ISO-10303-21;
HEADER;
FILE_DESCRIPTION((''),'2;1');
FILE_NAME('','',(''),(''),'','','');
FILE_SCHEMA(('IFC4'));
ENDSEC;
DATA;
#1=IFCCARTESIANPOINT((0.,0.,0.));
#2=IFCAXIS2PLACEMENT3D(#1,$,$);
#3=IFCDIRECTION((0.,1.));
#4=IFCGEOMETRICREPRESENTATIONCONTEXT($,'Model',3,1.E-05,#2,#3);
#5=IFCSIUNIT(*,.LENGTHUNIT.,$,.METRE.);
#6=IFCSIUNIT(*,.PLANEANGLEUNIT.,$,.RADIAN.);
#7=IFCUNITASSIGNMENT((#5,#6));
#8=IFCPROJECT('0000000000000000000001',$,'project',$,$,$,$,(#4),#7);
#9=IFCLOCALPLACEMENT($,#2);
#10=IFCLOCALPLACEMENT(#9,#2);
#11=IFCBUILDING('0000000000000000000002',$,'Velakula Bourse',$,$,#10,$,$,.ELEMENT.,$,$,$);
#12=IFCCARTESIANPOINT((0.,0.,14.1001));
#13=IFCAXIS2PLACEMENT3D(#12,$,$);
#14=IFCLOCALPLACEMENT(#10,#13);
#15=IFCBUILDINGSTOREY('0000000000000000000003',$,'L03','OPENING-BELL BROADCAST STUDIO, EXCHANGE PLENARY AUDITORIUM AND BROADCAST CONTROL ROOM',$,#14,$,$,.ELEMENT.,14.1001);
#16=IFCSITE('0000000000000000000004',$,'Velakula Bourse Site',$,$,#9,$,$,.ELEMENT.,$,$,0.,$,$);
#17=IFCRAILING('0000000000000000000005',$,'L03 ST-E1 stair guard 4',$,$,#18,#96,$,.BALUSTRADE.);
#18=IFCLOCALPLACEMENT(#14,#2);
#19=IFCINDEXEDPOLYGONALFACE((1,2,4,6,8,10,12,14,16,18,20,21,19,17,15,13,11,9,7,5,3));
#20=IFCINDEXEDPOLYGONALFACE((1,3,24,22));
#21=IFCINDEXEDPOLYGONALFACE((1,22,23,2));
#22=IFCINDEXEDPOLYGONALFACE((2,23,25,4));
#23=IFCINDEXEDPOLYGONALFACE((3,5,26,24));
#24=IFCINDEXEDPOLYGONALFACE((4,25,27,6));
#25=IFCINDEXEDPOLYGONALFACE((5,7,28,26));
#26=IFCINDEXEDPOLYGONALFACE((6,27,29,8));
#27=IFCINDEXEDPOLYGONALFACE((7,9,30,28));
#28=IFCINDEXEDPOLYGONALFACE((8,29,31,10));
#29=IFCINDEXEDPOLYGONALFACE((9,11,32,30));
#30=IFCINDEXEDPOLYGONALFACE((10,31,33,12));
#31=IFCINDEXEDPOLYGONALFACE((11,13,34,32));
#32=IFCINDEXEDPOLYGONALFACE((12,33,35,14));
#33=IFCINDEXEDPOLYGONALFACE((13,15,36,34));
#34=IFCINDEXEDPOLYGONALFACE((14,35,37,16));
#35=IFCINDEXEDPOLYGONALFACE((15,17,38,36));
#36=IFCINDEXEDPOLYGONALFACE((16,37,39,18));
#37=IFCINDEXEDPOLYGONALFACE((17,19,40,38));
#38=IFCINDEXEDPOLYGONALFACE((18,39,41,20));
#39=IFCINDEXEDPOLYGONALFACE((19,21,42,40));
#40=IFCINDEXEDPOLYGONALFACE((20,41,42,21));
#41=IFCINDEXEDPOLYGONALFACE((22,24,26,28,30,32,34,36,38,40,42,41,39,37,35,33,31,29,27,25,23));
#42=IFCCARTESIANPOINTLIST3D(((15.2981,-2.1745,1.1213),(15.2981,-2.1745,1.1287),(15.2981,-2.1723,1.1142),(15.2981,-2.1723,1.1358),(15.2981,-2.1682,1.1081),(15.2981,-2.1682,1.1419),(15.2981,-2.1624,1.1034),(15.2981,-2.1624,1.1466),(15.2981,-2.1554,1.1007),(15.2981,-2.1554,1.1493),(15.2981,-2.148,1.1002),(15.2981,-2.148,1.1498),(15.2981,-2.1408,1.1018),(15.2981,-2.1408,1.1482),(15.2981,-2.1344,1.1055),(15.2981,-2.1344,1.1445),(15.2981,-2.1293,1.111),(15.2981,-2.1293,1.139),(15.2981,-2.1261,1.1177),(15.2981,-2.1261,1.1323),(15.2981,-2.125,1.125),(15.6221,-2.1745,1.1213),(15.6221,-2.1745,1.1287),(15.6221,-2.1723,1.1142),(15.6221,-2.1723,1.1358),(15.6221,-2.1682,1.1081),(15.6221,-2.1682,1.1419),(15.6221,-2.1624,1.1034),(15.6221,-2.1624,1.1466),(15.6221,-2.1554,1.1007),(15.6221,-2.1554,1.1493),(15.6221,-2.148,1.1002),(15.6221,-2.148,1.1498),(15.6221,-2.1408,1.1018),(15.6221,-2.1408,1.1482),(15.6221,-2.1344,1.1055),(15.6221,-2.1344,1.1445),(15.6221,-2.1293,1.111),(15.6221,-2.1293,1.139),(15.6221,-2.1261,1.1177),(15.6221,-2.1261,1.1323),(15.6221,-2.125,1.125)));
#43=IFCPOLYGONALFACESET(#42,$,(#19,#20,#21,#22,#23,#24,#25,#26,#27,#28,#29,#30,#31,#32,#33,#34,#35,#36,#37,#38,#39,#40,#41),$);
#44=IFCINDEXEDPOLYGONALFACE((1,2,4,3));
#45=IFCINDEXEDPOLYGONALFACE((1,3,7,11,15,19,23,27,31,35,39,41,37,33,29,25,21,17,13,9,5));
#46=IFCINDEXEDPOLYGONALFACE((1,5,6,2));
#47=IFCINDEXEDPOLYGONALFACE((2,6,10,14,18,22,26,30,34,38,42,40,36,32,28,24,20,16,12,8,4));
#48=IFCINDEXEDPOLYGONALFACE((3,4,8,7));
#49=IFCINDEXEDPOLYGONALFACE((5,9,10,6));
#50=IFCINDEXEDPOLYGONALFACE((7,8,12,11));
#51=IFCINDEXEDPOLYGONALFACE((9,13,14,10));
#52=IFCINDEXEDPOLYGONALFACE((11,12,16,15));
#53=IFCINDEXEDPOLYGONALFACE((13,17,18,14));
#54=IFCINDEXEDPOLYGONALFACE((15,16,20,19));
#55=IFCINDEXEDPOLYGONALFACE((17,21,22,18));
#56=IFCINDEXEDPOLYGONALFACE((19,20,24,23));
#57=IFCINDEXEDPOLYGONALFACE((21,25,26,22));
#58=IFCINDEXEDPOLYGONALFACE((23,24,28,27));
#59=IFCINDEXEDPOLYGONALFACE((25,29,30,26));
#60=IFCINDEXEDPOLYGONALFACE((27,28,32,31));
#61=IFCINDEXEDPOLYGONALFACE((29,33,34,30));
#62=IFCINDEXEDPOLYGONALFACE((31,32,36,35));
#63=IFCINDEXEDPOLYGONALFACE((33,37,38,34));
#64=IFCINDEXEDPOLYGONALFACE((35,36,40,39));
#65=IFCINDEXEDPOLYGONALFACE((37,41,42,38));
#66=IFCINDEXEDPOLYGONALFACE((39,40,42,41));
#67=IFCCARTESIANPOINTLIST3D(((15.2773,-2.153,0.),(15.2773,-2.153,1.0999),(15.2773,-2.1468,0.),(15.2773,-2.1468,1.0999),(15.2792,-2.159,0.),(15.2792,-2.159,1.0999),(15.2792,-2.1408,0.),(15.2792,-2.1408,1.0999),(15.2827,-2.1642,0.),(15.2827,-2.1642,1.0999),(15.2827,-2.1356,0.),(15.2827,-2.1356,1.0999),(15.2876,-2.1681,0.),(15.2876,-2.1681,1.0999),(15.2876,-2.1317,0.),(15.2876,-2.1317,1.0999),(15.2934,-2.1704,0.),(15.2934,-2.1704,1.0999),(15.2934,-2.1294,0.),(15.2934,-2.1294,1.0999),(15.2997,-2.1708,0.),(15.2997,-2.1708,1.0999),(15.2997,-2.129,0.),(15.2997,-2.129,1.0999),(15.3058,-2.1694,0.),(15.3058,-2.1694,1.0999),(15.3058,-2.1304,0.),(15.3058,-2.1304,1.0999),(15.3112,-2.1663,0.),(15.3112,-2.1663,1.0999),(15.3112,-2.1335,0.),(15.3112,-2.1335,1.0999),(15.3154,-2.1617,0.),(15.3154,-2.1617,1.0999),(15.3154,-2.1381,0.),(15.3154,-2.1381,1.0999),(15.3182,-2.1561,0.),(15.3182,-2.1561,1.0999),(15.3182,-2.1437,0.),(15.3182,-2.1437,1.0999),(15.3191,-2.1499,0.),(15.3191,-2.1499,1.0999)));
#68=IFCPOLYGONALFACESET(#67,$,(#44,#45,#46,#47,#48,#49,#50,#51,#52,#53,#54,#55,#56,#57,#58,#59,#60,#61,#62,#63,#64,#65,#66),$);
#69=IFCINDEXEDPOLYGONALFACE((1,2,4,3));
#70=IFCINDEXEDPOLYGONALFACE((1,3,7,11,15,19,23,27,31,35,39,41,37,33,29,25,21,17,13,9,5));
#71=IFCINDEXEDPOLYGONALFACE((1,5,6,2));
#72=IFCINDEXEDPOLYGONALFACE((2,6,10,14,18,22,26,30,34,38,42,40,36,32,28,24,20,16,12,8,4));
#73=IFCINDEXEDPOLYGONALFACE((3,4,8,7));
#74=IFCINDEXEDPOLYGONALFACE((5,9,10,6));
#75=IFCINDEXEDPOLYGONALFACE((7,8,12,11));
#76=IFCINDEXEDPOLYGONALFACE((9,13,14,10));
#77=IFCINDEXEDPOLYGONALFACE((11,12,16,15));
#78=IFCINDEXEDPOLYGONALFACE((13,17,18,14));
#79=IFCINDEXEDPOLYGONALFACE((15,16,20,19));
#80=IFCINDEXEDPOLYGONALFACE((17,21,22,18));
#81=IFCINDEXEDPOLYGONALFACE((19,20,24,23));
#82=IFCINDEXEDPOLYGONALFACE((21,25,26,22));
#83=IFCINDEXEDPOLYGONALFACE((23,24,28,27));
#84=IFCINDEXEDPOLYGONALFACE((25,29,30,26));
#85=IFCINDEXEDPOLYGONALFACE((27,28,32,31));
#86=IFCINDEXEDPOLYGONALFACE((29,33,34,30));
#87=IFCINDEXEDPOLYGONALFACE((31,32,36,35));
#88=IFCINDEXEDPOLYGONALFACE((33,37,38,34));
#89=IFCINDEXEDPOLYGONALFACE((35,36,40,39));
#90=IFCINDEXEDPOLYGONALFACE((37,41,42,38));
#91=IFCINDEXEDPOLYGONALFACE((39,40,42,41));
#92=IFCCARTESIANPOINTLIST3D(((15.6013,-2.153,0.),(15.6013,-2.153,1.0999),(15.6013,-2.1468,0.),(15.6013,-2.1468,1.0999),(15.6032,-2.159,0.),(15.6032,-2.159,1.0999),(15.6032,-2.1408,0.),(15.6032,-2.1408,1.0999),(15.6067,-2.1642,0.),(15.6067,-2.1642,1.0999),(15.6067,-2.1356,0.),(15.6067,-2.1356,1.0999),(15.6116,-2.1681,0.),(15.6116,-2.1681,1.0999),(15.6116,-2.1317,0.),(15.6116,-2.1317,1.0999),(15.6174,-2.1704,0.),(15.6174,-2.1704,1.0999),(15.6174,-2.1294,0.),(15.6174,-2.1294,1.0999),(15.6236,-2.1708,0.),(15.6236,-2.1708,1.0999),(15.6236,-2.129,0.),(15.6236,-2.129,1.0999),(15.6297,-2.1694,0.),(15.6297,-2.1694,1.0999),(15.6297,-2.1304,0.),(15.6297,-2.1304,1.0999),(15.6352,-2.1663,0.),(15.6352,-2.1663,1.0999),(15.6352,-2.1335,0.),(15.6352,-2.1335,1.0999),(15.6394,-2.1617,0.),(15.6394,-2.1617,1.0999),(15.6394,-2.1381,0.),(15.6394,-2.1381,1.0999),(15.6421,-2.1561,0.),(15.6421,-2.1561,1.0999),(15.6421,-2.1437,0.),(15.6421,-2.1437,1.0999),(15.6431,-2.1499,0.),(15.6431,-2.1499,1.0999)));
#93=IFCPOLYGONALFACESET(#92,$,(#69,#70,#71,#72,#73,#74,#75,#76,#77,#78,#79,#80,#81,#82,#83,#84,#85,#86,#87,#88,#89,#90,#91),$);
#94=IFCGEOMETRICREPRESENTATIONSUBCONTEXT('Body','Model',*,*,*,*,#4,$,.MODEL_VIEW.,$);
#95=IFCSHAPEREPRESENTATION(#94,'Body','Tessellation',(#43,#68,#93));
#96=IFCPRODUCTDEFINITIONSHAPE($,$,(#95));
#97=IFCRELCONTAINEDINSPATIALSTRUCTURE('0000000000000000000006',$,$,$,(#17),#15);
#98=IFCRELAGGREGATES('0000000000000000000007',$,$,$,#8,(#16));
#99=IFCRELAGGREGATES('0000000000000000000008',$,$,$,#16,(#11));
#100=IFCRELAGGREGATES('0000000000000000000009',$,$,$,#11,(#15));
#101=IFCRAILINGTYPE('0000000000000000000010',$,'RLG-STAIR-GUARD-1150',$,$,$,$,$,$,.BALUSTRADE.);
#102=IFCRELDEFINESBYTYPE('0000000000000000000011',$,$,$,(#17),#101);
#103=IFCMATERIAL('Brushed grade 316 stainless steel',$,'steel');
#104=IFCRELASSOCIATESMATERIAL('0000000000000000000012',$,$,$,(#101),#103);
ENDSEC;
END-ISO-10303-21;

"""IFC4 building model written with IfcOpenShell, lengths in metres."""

from ifc_helpers import new_model, si_unit, direction, frame, origin, origin_2d, place, context, subcontext, project, spatial, circle, extrude, material, type_object, element, save


model = new_model("IFC4")

# Units and contexts
model_context = context("Model", 3, precision=1e-05, world=origin(), true_north=direction((0.0, 1.0)))
body_context = subcontext(model_context, "Body", "Model", "MODEL_VIEW")
ifc_project = project(units=[si_unit("LENGTHUNIT", "METRE"), si_unit("PLANEANGLEUNIT", "RADIAN")], contexts=[model_context])

# Site, building, storey
site_placement = place(None, origin())
site = spatial("IfcSite", under=ifc_project, at=site_placement, Name="Velakula Bourse Site", CompositionType="ELEMENT", RefElevation=0.0)
building_placement = place(site_placement, origin())
building = spatial("IfcBuilding", under=site, at=building_placement, Name="Velakula Bourse", CompositionType="ELEMENT")
storey_placement = place(building_placement, frame((0.0, 0.0, 14.1001)))
storey = spatial("IfcBuildingStorey", under=building, at=storey_placement, Name="L03", Description="OPENING-BELL BROADCAST STUDIO, EXCHANGE PLENARY AUDITORIUM AND BROADCAST CONTROL ROOM", CompositionType="ELEMENT", Elevation=14.1001)

# Shared definitions
ifc_material_1 = material(Name="Brushed grade 316 stainless steel", Category="steel")

# Railing
railing_type = type_object("IfcRailingType", Name="RLG-STAIR-GUARD-1150", PredefinedType="BALUSTRADE", material=ifc_material_1)
railing_1_placement = place(storey_placement, frame((15.2981, -2.1499, 0.0)))
element("IfcRailing", 1, at=railing_1_placement, inside=storey, type_object=railing_type, Name="L03 ST-E1 stair guard 4", PredefinedType="BALUSTRADE", context=body_context, shape_type="SweptSolid", body=[
    extrude(circle(Radius=0.0249, at=origin_2d()), frame((0.0, 0.0, 1.125), z_axis=(1.0, 0.0, 0.0), x_axis=(0.0, 1.0, 0.0)), (0.0, 0.0, 1.0), 0.324),
    extrude(circle(Radius=0.021, at=origin_2d()), origin(), (0.0, 0.0, 1.0), 1.0999),
    extrude(circle(Radius=0.021, at=origin_2d()), frame((0.324, 0.0, 0.0)), (0.0, 0.0, 1.0), 1.0999),
])

save(model, "model.ifc")
